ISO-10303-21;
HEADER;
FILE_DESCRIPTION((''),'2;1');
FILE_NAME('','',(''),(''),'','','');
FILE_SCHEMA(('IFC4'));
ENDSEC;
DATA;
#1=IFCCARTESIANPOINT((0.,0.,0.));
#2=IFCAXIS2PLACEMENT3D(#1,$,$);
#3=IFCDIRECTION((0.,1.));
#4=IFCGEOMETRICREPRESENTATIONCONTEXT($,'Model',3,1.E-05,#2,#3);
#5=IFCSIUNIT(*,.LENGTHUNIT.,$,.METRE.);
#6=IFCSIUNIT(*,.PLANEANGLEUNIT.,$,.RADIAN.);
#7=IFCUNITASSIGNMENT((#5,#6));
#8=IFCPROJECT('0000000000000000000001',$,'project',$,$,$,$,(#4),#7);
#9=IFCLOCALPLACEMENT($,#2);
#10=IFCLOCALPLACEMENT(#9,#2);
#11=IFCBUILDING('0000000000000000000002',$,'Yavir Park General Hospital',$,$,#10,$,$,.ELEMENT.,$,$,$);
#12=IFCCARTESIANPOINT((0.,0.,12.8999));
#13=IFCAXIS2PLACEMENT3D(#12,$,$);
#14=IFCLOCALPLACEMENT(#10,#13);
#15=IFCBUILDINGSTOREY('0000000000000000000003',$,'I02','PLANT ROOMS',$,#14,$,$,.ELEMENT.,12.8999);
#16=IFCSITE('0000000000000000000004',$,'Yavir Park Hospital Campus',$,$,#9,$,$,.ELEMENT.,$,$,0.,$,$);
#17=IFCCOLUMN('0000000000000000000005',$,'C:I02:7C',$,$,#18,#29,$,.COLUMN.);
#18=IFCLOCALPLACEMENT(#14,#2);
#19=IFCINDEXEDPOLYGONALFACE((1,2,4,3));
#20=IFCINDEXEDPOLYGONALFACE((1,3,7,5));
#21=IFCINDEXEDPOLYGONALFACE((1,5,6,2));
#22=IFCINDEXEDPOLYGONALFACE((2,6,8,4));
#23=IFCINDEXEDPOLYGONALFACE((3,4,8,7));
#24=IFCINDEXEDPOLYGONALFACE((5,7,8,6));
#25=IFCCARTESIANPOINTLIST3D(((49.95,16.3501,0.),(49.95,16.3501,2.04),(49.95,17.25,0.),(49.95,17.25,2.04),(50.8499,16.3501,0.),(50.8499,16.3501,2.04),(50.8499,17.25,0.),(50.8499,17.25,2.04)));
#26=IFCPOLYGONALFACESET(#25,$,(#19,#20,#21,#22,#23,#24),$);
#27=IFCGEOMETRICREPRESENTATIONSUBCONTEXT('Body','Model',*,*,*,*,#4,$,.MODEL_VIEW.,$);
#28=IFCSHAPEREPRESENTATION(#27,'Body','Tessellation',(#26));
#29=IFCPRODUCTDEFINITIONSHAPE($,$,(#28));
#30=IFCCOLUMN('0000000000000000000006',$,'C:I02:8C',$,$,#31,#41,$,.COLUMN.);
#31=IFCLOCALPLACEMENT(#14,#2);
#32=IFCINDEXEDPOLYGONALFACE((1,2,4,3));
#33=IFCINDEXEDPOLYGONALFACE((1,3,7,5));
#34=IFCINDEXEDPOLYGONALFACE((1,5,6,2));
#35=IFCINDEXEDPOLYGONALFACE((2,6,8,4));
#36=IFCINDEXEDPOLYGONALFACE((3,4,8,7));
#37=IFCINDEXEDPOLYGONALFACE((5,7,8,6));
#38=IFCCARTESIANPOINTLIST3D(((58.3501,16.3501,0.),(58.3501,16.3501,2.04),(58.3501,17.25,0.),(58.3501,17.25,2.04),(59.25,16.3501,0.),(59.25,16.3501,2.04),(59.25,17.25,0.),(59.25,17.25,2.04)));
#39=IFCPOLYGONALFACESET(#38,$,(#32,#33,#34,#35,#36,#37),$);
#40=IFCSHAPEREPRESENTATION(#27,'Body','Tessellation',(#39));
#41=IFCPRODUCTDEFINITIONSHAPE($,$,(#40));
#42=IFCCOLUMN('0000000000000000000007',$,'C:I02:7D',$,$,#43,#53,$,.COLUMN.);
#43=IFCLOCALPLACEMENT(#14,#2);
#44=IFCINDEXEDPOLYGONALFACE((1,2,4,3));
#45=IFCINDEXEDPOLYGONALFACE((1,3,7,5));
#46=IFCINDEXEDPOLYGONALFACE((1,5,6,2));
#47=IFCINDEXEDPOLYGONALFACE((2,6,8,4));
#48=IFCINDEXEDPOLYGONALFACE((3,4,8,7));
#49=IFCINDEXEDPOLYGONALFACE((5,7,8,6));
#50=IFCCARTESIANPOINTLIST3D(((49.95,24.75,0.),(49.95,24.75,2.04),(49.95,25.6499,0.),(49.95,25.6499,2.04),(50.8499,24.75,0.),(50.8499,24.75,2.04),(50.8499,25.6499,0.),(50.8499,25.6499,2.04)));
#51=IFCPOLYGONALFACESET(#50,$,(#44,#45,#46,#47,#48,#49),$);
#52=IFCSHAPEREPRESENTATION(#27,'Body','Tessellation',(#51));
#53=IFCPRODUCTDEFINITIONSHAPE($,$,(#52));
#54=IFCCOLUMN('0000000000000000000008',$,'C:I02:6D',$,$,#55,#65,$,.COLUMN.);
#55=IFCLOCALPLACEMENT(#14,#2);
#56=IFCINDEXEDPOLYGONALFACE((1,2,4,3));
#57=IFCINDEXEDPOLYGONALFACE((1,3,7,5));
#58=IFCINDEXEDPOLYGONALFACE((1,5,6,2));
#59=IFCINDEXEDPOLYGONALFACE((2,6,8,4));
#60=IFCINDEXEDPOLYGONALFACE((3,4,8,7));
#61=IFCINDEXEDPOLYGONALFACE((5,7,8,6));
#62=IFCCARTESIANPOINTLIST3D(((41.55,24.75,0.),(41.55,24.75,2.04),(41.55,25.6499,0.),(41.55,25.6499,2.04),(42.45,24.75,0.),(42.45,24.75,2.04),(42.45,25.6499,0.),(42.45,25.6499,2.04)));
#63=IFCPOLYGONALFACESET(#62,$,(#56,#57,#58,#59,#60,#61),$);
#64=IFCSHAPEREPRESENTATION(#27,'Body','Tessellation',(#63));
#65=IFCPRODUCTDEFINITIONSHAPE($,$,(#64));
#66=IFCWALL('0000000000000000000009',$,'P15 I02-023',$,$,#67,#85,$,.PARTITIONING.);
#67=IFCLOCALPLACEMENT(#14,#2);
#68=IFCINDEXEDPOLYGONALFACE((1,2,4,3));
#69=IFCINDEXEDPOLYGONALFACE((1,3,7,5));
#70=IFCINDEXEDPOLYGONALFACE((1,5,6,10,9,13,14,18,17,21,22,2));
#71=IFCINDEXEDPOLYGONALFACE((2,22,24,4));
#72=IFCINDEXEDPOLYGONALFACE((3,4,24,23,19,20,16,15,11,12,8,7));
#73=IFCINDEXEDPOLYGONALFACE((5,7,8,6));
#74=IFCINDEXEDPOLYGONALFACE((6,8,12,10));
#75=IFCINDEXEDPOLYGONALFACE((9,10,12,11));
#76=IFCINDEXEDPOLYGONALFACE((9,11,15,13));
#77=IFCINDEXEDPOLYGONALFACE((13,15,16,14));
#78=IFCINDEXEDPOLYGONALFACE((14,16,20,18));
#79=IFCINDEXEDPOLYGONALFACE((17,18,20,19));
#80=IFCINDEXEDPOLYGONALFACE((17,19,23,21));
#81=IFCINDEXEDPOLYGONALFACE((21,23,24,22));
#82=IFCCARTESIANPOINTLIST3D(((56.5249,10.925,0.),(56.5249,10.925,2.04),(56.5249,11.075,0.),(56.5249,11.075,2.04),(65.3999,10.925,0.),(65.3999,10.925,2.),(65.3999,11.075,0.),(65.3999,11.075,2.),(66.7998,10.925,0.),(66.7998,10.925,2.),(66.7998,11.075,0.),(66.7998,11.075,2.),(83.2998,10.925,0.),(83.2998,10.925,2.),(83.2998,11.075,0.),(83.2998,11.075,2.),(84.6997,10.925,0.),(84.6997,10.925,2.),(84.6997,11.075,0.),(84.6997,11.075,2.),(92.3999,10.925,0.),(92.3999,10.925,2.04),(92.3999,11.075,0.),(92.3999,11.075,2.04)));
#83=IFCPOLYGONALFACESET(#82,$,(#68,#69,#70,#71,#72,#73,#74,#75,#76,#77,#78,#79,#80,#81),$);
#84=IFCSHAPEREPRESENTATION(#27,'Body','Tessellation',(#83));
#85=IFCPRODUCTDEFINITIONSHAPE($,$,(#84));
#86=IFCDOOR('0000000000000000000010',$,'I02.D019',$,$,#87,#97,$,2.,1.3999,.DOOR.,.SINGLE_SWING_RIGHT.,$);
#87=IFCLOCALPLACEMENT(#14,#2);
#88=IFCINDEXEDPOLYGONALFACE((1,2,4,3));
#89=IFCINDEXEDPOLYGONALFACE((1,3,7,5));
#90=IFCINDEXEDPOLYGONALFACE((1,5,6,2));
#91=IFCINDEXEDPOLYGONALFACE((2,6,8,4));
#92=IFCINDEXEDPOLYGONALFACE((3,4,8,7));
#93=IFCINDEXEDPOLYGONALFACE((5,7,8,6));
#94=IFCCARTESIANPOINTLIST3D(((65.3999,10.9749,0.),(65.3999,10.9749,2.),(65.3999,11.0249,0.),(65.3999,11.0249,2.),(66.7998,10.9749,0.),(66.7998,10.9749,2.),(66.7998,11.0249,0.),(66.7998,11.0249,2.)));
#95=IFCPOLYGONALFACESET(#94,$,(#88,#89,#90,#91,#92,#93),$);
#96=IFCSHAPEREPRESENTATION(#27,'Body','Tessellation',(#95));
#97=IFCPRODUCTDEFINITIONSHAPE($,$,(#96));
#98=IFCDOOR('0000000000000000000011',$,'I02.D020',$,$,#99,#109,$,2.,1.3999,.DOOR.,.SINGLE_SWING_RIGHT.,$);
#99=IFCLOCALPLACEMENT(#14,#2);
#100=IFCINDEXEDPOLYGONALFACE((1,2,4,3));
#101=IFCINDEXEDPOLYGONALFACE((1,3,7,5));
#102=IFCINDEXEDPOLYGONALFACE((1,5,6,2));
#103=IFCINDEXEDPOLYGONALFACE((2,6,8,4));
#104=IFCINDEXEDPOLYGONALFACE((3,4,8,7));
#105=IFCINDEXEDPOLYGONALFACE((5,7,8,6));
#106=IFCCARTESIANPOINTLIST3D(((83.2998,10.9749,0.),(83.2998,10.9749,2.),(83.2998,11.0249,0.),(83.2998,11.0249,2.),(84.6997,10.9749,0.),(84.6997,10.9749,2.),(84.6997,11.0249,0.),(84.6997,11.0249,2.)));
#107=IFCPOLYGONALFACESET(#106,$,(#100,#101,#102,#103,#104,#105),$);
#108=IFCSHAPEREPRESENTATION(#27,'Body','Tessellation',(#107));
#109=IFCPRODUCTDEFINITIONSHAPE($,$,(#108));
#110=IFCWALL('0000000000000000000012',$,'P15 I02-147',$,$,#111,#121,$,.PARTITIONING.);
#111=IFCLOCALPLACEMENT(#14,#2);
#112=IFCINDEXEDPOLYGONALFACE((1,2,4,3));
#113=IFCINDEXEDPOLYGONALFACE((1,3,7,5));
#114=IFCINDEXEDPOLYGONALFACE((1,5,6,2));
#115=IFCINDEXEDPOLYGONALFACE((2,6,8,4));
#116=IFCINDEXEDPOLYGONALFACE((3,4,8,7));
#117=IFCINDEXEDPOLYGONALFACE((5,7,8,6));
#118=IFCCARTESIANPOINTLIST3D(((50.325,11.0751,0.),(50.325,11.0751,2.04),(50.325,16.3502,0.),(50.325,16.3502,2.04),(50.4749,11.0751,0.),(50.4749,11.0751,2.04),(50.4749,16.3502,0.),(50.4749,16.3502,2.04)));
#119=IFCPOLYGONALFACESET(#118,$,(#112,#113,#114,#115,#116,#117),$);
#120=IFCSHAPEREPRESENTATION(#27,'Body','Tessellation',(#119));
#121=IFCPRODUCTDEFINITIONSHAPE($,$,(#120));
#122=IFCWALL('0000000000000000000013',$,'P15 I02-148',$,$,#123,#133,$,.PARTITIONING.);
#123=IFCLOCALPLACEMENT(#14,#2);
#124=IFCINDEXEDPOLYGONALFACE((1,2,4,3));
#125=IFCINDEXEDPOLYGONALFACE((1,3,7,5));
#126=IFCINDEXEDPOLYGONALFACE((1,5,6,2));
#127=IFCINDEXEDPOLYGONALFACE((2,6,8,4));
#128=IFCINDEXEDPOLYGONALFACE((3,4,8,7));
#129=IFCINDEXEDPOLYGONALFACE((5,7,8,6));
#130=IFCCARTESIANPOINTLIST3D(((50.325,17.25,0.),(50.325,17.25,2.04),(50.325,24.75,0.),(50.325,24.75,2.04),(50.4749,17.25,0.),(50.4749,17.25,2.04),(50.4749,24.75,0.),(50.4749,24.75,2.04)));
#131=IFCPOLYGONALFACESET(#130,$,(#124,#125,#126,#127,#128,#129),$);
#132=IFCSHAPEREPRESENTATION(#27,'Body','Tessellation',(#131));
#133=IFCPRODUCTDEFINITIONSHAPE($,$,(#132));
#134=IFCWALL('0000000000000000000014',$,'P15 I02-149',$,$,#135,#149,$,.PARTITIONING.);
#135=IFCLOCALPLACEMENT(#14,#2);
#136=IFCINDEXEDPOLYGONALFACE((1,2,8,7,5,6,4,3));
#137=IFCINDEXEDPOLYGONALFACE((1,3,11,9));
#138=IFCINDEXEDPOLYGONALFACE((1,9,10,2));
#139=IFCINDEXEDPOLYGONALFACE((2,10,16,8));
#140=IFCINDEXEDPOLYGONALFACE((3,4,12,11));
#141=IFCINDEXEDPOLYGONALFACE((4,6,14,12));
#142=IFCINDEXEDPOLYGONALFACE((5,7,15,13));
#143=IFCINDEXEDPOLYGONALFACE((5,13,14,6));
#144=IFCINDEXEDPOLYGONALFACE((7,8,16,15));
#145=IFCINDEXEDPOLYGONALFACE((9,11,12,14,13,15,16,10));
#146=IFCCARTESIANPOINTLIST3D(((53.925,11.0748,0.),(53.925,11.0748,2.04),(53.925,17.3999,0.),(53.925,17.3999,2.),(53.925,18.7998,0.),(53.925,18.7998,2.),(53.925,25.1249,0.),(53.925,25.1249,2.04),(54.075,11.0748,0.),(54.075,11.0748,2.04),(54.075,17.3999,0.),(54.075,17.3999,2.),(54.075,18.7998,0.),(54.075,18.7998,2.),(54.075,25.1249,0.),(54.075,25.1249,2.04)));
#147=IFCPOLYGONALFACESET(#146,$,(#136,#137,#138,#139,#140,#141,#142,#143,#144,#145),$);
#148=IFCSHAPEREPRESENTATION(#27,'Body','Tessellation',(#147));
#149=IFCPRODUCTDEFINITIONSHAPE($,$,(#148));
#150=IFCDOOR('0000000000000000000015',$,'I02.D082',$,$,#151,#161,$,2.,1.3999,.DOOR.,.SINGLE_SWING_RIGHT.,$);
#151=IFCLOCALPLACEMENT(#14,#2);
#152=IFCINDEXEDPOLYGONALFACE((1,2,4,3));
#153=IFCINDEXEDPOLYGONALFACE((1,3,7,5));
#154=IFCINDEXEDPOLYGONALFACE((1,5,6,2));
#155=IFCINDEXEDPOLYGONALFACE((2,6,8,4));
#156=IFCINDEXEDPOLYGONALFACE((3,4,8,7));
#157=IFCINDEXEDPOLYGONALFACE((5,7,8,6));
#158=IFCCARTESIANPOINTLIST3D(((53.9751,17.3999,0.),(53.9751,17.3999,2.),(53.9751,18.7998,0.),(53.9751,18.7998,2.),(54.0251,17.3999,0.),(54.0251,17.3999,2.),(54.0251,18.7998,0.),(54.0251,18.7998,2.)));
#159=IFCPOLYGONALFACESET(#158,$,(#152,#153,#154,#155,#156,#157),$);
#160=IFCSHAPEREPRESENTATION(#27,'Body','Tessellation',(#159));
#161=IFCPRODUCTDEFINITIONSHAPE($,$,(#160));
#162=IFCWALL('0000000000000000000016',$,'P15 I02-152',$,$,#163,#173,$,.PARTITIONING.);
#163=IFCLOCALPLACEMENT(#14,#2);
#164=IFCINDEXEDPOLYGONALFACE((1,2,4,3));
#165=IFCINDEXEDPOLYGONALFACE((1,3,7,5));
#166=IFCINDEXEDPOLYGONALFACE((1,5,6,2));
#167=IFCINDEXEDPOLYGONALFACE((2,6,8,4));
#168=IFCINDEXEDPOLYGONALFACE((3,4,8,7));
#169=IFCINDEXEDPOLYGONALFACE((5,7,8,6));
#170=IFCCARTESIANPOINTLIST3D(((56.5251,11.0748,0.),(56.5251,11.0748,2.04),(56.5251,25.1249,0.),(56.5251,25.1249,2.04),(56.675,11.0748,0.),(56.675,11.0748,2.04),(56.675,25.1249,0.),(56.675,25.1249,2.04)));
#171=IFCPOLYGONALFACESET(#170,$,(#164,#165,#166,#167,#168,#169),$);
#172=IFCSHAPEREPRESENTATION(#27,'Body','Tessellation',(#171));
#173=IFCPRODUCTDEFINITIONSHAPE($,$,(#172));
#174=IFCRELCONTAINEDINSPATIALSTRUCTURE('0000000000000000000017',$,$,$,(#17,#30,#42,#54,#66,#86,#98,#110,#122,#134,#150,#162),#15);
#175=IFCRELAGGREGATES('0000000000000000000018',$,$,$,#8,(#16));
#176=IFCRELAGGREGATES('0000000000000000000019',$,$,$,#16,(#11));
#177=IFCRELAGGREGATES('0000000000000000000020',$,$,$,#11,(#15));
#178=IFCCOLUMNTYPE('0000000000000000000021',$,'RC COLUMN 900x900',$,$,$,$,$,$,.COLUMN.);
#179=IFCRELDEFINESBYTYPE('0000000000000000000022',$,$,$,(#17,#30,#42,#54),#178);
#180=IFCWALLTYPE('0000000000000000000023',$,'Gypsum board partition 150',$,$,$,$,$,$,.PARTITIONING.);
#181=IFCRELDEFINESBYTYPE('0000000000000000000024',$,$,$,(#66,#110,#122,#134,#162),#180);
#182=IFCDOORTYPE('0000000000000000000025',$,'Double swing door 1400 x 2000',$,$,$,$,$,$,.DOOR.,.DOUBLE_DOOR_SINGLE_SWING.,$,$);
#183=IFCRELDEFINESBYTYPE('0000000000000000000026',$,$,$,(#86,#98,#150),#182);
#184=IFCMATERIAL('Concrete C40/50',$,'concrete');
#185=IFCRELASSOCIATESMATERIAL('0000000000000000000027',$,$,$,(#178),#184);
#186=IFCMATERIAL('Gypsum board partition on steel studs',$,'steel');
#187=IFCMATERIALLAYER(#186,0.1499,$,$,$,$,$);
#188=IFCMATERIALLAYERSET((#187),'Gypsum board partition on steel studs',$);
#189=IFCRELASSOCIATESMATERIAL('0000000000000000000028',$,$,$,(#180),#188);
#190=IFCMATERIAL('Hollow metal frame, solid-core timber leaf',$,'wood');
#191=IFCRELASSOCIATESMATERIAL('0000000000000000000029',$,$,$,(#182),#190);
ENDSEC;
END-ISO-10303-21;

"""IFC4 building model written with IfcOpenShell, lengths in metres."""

from ifc_helpers import new_model, si_unit, direction, frame, frame_2d, origin, origin_2d, place, context, subcontext, project, spatial, rectangle, extrude, material, layer, layer_set, material_profile, profile_set, type_object, element, fill, save


model = new_model("IFC4")

# Units and contexts
model_context = context("Model", 3, precision=1e-05, world=origin(), true_north=direction((0.0, 1.0)))
body_context = subcontext(model_context, "Body", "Model", "MODEL_VIEW")
ifc_project = project(units=[si_unit("LENGTHUNIT", "METRE"), si_unit("PLANEANGLEUNIT", "RADIAN")], contexts=[model_context])

# Site, building, storey
site_placement = place(None, origin())
site = spatial("IfcSite", under=ifc_project, at=site_placement, Name="Yavir Park Hospital Campus", CompositionType="ELEMENT", RefElevation=0.0)
building_placement = place(site_placement, origin())
building = spatial("IfcBuilding", under=site, at=building_placement, Name="Yavir Park General Hospital", CompositionType="ELEMENT")
storey_placement = place(building_placement, frame((0.0, 0.0, 12.8999)))
storey = spatial("IfcBuildingStorey", under=building, at=storey_placement, Name="I02", Description="PLANT ROOMS", CompositionType="ELEMENT", Elevation=12.8999)

# Columns
ifc_material_1 = material(Name="Concrete C40/50", Category="concrete")
ifc_material_profile = material_profile(ifc_material_1, rectangle(XDim=0.8999, YDim=0.8999, at=origin_2d()), Name="RC900x900")
ifc_profile_set = profile_set([ifc_material_profile], Name="Concrete C40/50")
column_type = type_object("IfcColumnType", Name="RC COLUMN 900x900", PredefinedType="COLUMN", material=ifc_profile_set)
for number, where, z_axis, x_axis, name in (
    (1, (50.3999, 16.8, 0.0), (0.0, 0.0, 1.0), (1.0, 0.0, 0.0), "C:I02:7C"),
    (2, (58.8, 16.8, 0.0), (0.0, 0.0, 1.0), (1.0, 0.0, 0.0), "C:I02:8C"),
    (3, (50.3999, 25.2, 0.0), (0.0, 0.0, 1.0), (1.0, 0.0, 0.0), "C:I02:7D"),
    (4, (42.0, 25.2, 0.0), (0.0, 0.0, 1.0), (1.0, 0.0, 0.0), "C:I02:6D"),
):
    element("IfcColumn", number, at=place(storey_placement, frame(where, z_axis=z_axis, x_axis=x_axis)), inside=storey, type_object=column_type, Name=name, PredefinedType="COLUMN", context=body_context, shape_type="SweptSolid", body=[
        extrude(rectangle(XDim=0.8999, YDim=0.8999, at=origin_2d()), origin(), (0.0, 0.0, 1.0), 2.04),
    ])

# Wall, openings, doors
ifc_material_2 = material(Name="Gypsum board partition on steel studs", Category="steel")
ifc_layer = layer(ifc_material_2, 0.1499)
ifc_layer_set = layer_set([ifc_layer], Name="Gypsum board partition on steel studs")
wall_type = type_object("IfcWallType", Name="Gypsum board partition 150", PredefinedType="PARTITIONING", material=ifc_layer_set)
wall_1_placement = place(storey_placement, frame((56.5249, 11.0, 0.0), z_axis=(0.0, 0.0, 1.0), x_axis=(1.0, 0.0, 0.0)))
wall_1 = element("IfcWall", 5, at=wall_1_placement, inside=storey, type_object=wall_type, Name="P15 I02-023", PredefinedType="PARTITIONING", context=body_context, shape_type="SweptSolid", body=[
    extrude(rectangle(XDim=35.875, YDim=0.1499, at=frame_2d((17.9375, 0.0))), origin(), (0.0, 0.0, 1.0), 2.04),
])
opening_1_placement = place(wall_1_placement, frame((8.875, 0.0, 0.0)))
opening_1 = element("IfcOpeningElement", 6, at=opening_1_placement, cuts=wall_1, PredefinedType="OPENING", context=body_context, shape_type="SweptSolid", body=[
    extrude(rectangle(XDim=1.3999, YDim=2.0, at=frame_2d((0.7, 1.0))), frame((0.0, 0.085, 0.0), z_axis=(0.0, -1.0, 0.0), x_axis=(1.0, 0.0, 0.0)), (0.0, 0.0, 1.0), 0.1699),
])
opening_2_placement = place(wall_1_placement, frame((26.7749, 0.0, 0.0)))
opening_2 = element("IfcOpeningElement", 7, at=opening_2_placement, cuts=wall_1, PredefinedType="OPENING", context=body_context, shape_type="SweptSolid", body=[
    extrude(rectangle(XDim=1.3999, YDim=2.0, at=frame_2d((0.7, 1.0))), frame((0.0, 0.085, 0.0), z_axis=(0.0, -1.0, 0.0), x_axis=(1.0, 0.0, 0.0)), (0.0, 0.0, 1.0), 0.1699),
])
ifc_material_3 = material(Name="Hollow metal frame, solid-core timber leaf", Category="wood")
door_type = type_object("IfcDoorType", Name="Double swing door 1400 x 2000", OperationType="DOUBLE_DOOR_SINGLE_SWING", PredefinedType="DOOR", material=ifc_material_3)
door_1_placement = place(opening_1_placement, origin())
door_1 = element("IfcDoor", 8, at=door_1_placement, inside=storey, type_object=door_type, Name="I02.D019", OperationType="SINGLE_SWING_RIGHT", OverallHeight=2.0, OverallWidth=1.3999, PredefinedType="DOOR", context=body_context, shape_type="SweptSolid", body=[
    extrude(rectangle(XDim=1.3999, YDim=2.0, at=frame_2d((0.7, 1.0))), frame((0.0, 0.0249, 0.0), z_axis=(0.0, -1.0, 0.0), x_axis=(1.0, 0.0, 0.0)), (0.0, 0.0, 1.0), 0.05),
])
fill(opening_1, door_1)
door_2_placement = place(opening_2_placement, origin())
door_2 = element("IfcDoor", 9, at=door_2_placement, inside=storey, type_object=door_type, Name="I02.D020", OperationType="SINGLE_SWING_RIGHT", OverallHeight=2.0, OverallWidth=1.3999, PredefinedType="DOOR", context=body_context, shape_type="SweptSolid", body=[
    extrude(rectangle(XDim=1.3999, YDim=2.0, at=frame_2d((0.7, 1.0))), frame((0.0, 0.0249, 0.0), z_axis=(0.0, -1.0, 0.0), x_axis=(1.0, 0.0, 0.0)), (0.0, 0.0, 1.0), 0.05),
])
fill(opening_2, door_2)

# Walls
wall_2_placement = place(storey_placement, frame((50.3999, 11.075, 0.0), z_axis=(0.0, 0.0, 1.0), x_axis=(0.0, 1.0, 0.0)))
element("IfcWall", 10, at=wall_2_placement, inside=storey, type_object=wall_type, Name="P15 I02-147", PredefinedType="PARTITIONING", context=body_context, shape_type="SweptSolid", body=[
    extrude(rectangle(XDim=5.2751, YDim=0.1499, at=frame_2d((2.6377, 0.0))), origin(), (0.0, 0.0, 1.0), 2.04),
])
wall_3_placement = place(storey_placement, frame((50.3999, 17.25, 0.0), z_axis=(0.0, 0.0, 1.0), x_axis=(0.0, 1.0, 0.0)))
element("IfcWall", 11, at=wall_3_placement, inside=storey, type_object=wall_type, Name="P15 I02-148", PredefinedType="PARTITIONING", context=body_context, shape_type="SweptSolid", body=[
    extrude(rectangle(XDim=7.5, YDim=0.1499, at=frame_2d((3.75, 0.0))), origin(), (0.0, 0.0, 1.0), 2.04),
])

# Wall, opening, door
wall_4_placement = place(storey_placement, frame((54.0, 11.075, 0.0), z_axis=(0.0, 0.0, 1.0), x_axis=(0.0, 1.0, 0.0)))
wall_4 = element("IfcWall", 12, at=wall_4_placement, inside=storey, type_object=wall_type, Name="P15 I02-149", PredefinedType="PARTITIONING", context=body_context, shape_type="SweptSolid", body=[
    extrude(rectangle(XDim=14.05, YDim=0.1499, at=frame_2d((7.0249, 0.0))), origin(), (0.0, 0.0, 1.0), 2.04),
])
opening_3_placement = place(wall_4_placement, frame((6.325, 0.0, 0.0)))
opening_3 = element("IfcOpeningElement", 13, at=opening_3_placement, cuts=wall_4, PredefinedType="OPENING", context=body_context, shape_type="SweptSolid", body=[
    extrude(rectangle(XDim=1.3999, YDim=2.0, at=frame_2d((0.7, 1.0))), frame((0.0, 0.085, 0.0), z_axis=(0.0, -1.0, 0.0), x_axis=(1.0, 0.0, 0.0)), (0.0, 0.0, 1.0), 0.1699),
])
door_3_placement = place(opening_3_placement, origin())
door_3 = element("IfcDoor", 14, at=door_3_placement, inside=storey, type_object=door_type, Name="I02.D082", OperationType="SINGLE_SWING_RIGHT", OverallHeight=2.0, OverallWidth=1.3999, PredefinedType="DOOR", context=body_context, shape_type="SweptSolid", body=[
    extrude(rectangle(XDim=1.3999, YDim=2.0, at=frame_2d((0.7, 1.0))), frame((0.0, 0.0249, 0.0), z_axis=(0.0, -1.0, 0.0), x_axis=(1.0, 0.0, 0.0)), (0.0, 0.0, 1.0), 0.05),
])
fill(opening_3, door_3)

# Wall
wall_5_placement = place(storey_placement, frame((56.6001, 11.075, 0.0), z_axis=(0.0, 0.0, 1.0), x_axis=(0.0, 1.0, 0.0)))
element("IfcWall", 15, at=wall_5_placement, inside=storey, type_object=wall_type, Name="P15 I02-152", PredefinedType="PARTITIONING", context=body_context, shape_type="SweptSolid", body=[
    extrude(rectangle(XDim=14.05, YDim=0.1499, at=frame_2d((7.0249, 0.0))), origin(), (0.0, 0.0, 1.0), 2.04),
])

save(model, "model.ifc")
